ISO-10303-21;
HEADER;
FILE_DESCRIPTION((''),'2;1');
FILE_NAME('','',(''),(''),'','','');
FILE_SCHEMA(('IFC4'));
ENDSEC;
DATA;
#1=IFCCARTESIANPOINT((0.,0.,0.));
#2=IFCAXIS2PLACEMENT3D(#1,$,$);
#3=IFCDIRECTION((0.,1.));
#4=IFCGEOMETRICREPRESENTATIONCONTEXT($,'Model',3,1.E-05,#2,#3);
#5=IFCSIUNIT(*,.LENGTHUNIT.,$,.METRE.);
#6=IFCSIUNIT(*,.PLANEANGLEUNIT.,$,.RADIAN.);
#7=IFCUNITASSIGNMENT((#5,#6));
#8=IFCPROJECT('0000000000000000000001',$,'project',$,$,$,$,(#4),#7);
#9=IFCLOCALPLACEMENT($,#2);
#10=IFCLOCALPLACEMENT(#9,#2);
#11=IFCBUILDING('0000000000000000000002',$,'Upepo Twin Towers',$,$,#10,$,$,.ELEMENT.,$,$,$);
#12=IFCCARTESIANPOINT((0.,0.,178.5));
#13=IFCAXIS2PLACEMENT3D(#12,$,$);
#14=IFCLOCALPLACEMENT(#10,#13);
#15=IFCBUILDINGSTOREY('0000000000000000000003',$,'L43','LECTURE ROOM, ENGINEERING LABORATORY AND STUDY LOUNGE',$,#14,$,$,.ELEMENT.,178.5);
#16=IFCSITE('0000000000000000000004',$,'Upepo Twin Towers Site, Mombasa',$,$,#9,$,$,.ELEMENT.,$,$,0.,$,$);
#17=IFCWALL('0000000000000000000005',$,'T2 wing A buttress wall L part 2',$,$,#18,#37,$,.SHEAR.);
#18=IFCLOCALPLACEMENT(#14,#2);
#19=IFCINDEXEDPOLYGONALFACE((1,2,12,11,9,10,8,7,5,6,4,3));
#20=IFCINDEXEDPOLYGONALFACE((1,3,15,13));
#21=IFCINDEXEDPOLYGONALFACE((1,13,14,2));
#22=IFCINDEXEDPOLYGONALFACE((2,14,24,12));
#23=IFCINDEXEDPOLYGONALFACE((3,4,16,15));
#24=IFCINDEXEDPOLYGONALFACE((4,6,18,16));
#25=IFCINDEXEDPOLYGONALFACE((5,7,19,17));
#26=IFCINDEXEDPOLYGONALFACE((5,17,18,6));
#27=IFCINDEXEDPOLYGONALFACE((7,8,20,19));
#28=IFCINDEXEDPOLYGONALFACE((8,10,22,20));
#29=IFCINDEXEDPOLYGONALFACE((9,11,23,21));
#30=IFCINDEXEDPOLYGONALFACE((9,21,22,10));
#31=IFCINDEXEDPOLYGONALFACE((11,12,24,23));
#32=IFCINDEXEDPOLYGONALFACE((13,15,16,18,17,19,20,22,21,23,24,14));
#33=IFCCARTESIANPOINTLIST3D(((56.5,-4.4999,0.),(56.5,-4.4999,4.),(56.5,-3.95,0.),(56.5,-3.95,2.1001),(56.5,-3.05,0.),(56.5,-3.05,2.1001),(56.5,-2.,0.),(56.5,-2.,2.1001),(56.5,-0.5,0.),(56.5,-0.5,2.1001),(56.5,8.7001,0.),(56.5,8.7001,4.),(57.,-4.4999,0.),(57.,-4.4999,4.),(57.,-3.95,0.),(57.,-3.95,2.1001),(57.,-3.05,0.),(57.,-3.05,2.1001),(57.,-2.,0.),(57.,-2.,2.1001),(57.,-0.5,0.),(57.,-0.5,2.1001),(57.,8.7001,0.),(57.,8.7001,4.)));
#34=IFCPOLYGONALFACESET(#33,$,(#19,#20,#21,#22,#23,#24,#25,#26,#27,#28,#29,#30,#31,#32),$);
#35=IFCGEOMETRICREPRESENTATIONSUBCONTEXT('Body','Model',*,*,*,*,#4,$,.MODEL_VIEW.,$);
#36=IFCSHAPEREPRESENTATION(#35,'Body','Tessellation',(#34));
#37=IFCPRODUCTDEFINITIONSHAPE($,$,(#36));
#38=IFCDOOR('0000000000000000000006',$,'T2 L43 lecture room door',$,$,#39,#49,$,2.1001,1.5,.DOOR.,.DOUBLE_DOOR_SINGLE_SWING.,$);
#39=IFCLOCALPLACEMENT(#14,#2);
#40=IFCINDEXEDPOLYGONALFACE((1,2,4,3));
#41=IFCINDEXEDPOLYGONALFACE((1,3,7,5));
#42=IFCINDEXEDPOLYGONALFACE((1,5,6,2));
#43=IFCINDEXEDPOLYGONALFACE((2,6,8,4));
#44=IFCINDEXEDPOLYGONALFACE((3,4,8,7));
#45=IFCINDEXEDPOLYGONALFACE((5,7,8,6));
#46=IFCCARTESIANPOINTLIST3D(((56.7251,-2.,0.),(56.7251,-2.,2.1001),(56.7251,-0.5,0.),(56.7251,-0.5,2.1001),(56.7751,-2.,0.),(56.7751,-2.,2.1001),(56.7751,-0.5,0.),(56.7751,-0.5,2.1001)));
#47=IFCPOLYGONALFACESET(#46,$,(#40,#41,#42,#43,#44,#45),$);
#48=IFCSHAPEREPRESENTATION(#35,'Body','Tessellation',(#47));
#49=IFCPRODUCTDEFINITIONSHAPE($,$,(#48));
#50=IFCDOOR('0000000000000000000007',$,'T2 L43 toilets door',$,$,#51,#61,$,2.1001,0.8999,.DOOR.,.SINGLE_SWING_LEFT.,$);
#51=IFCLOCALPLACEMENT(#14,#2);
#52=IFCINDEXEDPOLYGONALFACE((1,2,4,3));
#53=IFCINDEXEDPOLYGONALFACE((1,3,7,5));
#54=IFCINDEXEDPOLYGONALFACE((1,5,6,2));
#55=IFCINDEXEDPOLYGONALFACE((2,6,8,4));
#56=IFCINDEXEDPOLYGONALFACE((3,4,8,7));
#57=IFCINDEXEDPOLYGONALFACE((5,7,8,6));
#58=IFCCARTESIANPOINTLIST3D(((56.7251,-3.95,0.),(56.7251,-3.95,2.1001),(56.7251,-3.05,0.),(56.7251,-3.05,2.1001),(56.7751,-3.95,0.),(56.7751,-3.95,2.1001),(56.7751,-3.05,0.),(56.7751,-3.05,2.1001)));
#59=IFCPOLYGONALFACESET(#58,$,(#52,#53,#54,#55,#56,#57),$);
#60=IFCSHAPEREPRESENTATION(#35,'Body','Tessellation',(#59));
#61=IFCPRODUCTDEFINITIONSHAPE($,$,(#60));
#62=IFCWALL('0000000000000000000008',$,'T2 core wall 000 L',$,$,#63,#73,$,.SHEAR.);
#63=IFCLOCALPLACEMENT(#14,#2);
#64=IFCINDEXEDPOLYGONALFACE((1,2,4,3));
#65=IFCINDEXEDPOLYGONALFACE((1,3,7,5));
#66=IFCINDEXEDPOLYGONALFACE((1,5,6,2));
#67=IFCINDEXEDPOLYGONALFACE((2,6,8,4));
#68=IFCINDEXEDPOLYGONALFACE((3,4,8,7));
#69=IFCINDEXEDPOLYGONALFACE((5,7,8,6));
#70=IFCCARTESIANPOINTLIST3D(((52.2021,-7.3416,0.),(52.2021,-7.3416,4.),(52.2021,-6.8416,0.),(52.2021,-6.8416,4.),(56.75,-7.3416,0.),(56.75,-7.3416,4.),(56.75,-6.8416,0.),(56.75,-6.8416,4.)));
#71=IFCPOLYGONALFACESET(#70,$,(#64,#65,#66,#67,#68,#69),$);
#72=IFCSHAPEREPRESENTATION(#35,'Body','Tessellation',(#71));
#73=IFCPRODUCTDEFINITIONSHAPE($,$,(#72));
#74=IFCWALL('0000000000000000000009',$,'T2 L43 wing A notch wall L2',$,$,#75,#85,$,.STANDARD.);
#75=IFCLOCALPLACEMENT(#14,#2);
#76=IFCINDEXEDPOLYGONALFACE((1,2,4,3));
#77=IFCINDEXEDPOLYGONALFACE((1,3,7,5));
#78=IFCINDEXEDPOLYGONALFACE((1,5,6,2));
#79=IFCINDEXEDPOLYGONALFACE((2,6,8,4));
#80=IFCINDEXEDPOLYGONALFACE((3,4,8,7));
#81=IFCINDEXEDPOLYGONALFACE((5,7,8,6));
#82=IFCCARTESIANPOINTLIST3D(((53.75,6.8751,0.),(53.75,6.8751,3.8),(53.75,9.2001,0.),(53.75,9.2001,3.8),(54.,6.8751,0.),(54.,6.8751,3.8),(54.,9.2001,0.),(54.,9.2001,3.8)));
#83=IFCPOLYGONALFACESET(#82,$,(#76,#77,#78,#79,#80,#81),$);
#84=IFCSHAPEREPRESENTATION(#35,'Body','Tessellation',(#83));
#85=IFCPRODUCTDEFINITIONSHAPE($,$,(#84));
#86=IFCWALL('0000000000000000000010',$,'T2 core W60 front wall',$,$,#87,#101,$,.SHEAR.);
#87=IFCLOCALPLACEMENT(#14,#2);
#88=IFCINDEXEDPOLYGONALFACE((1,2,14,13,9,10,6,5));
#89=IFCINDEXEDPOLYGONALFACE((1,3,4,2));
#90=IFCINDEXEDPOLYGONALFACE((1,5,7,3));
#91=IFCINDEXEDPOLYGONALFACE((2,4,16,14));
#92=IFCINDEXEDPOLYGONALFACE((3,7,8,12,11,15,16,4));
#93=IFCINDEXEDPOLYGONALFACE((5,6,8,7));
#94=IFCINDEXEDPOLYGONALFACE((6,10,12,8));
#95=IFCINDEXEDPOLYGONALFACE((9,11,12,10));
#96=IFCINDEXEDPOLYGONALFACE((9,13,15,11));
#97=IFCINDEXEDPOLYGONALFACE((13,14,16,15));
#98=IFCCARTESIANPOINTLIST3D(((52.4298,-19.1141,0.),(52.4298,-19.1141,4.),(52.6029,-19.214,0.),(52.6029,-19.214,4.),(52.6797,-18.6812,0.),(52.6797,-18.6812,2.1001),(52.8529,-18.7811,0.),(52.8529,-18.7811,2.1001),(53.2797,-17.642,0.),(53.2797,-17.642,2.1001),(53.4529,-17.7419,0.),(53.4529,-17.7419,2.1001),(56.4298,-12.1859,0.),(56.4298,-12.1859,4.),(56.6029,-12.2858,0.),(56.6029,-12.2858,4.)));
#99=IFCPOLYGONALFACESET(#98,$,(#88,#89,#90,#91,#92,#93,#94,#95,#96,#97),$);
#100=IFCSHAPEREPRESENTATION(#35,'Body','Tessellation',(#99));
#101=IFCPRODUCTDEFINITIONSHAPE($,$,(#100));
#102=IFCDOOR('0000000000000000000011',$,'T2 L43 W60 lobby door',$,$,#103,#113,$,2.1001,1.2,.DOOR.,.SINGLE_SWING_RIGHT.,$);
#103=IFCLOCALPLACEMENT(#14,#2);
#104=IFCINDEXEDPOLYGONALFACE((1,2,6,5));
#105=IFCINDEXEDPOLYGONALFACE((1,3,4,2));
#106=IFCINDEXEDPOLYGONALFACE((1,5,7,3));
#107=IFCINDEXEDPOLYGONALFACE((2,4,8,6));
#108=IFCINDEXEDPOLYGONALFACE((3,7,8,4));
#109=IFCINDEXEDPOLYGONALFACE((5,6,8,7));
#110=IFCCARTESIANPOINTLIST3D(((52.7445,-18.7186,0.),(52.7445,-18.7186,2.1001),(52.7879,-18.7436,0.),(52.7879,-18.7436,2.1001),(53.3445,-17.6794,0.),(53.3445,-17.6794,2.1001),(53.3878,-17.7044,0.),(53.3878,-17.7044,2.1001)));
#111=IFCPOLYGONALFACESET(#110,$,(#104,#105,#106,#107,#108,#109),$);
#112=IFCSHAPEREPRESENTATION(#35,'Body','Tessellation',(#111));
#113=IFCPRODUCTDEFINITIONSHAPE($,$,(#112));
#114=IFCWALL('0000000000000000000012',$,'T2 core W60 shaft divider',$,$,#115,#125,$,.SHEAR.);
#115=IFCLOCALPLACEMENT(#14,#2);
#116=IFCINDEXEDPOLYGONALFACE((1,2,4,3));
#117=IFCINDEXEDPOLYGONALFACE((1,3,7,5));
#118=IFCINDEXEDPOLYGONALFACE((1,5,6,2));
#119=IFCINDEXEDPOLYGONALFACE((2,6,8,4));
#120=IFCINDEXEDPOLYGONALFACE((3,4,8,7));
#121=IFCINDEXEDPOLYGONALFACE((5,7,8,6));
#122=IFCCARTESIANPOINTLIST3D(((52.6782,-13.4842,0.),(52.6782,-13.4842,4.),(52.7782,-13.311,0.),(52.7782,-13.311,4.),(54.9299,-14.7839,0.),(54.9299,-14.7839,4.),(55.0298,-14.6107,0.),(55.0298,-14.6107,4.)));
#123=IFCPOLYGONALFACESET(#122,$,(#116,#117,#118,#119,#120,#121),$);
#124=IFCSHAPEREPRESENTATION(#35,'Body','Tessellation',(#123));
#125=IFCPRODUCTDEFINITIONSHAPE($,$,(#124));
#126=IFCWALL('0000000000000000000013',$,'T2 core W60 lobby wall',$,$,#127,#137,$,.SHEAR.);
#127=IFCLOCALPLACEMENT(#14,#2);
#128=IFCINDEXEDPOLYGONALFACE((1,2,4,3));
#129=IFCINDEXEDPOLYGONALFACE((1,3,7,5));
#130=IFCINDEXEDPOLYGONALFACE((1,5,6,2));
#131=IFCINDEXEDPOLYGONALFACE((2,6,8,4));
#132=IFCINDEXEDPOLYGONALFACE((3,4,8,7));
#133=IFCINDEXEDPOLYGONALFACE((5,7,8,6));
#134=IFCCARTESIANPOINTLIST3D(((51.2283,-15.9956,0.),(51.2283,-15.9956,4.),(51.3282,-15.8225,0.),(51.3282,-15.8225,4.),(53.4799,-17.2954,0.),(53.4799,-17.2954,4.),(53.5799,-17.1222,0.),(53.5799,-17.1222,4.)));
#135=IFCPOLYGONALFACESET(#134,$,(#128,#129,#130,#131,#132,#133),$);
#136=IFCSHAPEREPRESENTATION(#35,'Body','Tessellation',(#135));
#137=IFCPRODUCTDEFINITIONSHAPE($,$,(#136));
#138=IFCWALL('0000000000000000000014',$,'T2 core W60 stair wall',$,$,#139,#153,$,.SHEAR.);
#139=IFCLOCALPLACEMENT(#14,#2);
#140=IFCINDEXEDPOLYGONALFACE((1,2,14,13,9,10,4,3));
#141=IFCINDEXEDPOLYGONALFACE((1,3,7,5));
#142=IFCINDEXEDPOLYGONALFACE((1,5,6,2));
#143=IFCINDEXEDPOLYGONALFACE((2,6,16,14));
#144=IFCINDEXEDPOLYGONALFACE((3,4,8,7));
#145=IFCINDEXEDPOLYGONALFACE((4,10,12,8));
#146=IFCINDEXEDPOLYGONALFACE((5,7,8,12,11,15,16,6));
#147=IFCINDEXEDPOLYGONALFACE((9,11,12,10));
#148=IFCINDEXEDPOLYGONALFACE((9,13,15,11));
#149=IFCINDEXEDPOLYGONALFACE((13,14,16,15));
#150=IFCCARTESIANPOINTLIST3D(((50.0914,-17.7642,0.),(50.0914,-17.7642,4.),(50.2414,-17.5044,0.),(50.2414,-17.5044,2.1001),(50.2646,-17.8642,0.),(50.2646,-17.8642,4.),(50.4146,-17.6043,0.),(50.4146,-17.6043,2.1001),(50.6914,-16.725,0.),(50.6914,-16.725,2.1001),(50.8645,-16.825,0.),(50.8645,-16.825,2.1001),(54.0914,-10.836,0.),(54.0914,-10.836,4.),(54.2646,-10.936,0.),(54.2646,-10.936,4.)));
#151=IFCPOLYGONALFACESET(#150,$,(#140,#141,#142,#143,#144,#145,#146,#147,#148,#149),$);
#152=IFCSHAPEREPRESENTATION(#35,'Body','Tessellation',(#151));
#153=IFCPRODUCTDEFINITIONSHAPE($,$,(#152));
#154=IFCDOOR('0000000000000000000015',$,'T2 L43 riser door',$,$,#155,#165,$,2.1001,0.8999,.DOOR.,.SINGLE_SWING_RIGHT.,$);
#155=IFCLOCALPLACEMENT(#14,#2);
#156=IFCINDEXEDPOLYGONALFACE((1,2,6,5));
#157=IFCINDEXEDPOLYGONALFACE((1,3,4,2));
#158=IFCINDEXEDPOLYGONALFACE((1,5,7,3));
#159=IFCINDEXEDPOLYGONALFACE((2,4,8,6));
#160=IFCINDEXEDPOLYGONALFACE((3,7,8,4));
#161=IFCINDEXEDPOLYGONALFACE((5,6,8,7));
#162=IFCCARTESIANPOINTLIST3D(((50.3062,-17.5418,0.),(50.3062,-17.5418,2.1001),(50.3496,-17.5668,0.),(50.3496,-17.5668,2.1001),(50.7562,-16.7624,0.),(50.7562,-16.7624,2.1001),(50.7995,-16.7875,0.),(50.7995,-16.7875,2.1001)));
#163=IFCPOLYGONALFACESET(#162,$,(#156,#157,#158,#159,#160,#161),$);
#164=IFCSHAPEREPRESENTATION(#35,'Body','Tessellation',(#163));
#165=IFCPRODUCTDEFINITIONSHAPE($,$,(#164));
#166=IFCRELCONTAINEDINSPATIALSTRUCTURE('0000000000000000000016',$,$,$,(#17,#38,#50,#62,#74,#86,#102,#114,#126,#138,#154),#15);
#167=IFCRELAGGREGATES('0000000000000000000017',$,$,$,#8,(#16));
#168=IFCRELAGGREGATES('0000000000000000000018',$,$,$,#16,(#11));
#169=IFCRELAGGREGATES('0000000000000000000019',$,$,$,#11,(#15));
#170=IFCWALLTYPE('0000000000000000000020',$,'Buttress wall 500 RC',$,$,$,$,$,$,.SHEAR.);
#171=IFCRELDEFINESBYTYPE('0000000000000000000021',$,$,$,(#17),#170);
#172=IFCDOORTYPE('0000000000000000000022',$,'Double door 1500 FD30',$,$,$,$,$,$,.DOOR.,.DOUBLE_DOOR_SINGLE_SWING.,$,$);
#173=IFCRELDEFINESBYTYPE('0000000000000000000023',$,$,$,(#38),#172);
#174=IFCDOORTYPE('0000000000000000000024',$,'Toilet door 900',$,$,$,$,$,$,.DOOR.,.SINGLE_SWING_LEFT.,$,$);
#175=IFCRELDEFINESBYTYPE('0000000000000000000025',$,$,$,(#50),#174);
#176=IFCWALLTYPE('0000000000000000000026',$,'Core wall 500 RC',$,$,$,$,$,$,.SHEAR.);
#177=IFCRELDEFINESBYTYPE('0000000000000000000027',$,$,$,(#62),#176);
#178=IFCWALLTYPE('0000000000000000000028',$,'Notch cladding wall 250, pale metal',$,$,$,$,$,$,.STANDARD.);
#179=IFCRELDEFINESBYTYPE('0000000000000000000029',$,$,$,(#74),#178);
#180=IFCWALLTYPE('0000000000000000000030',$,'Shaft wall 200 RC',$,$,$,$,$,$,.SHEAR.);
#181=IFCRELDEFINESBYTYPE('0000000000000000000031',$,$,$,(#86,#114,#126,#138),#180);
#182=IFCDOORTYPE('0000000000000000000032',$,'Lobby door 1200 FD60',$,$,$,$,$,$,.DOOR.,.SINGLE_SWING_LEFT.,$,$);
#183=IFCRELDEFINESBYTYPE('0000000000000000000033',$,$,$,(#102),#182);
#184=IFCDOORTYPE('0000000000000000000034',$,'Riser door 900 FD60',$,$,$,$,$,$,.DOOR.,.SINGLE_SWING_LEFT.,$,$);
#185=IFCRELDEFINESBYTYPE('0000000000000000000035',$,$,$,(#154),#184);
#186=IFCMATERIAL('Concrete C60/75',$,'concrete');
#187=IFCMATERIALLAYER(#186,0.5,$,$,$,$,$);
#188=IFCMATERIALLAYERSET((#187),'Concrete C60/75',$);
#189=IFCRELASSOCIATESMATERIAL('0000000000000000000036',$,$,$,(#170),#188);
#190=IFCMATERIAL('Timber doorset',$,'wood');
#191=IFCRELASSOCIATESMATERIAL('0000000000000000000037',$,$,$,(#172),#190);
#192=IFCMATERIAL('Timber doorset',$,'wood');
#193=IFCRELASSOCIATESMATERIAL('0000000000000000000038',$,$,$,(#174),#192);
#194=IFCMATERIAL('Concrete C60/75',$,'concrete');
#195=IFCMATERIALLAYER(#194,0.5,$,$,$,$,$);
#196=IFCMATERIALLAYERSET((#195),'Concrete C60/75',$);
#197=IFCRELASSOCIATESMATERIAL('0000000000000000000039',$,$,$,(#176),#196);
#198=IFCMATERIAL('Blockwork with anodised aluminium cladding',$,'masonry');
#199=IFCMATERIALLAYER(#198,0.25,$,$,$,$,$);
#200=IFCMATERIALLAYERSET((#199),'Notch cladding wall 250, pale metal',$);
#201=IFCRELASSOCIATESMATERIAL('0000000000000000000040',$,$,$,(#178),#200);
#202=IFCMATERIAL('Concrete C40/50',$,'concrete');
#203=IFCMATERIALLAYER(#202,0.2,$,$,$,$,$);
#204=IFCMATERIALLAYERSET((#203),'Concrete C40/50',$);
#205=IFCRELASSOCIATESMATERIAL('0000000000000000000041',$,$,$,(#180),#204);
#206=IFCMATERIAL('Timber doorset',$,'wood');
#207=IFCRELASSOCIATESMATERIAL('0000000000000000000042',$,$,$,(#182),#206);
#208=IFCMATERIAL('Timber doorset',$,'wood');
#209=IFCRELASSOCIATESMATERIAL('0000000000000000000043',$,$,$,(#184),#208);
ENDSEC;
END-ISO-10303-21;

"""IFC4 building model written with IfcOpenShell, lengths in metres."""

from ifc_helpers import new_model, si_unit, direction, frame, frame_2d, origin, place, context, subcontext, project, spatial, rectangle, extrude, material, layer, layer_set, type_object, element, fill, save


model = new_model("IFC4")

# Units and contexts
model_context = context("Model", 3, precision=1e-05, world=origin(), true_north=direction((0.0, 1.0)))
body_context = subcontext(model_context, "Body", "Model", "MODEL_VIEW")
ifc_project = project(units=[si_unit("LENGTHUNIT", "METRE"), si_unit("PLANEANGLEUNIT", "RADIAN")], contexts=[model_context])

# Site, building, storey
site_placement = place(None, origin())
site = spatial("IfcSite", under=ifc_project, at=site_placement, Name="Upepo Twin Towers Site, Mombasa", CompositionType="ELEMENT", RefElevation=0.0)
building_placement = place(site_placement, origin())
building = spatial("IfcBuilding", under=site, at=building_placement, Name="Upepo Twin Towers", CompositionType="ELEMENT")
storey_placement = place(building_placement, frame((0.0, 0.0, 178.5)))
storey = spatial("IfcBuildingStorey", under=building, at=storey_placement, Name="L43", Description="LECTURE ROOM, ENGINEERING LABORATORY AND STUDY LOUNGE", CompositionType="ELEMENT", Elevation=178.5)

# Wall, openings, doors
ifc_material_1 = material(Name="Concrete C60/75", Category="concrete")
ifc_layer_1 = layer(ifc_material_1, 0.5)
ifc_layer_set_1 = layer_set([ifc_layer_1], Name="Concrete C60/75")
wall_type_1 = type_object("IfcWallType", Name="Buttress wall 500 RC", PredefinedType="SHEAR", material=ifc_layer_set_1)
wall_1_placement = place(storey_placement, frame((56.75, -4.5, 0.0), z_axis=(0.0, 0.0, 1.0), x_axis=(0.0, 1.0, 0.0)))
wall_1 = element("IfcWall", 1, at=wall_1_placement, inside=storey, type_object=wall_type_1, Name="T2 wing A buttress wall L part 2", PredefinedType="SHEAR", context=body_context, shape_type="SweptSolid", body=[
    extrude(rectangle(XDim=13.2, YDim=0.5, at=frame_2d((6.6001, 0.0))), origin(), (0.0, 0.0, 1.0), 4.0),
])
opening_1_placement = place(wall_1_placement, frame((0.55, 0.0, 0.0)))
opening_1 = element("IfcOpeningElement", 2, at=opening_1_placement, cuts=wall_1, PredefinedType="OPENING", context=body_context, shape_type="SweptSolid", body=[
    extrude(rectangle(XDim=0.8999, YDim=2.1001, at=frame_2d((0.45, 1.05))), frame((0.0, 0.26, 0.0), z_axis=(0.0, -1.0, 0.0), x_axis=(1.0, 0.0, 0.0)), (0.0, 0.0, 1.0), 0.52),
])
opening_2_placement = place(wall_1_placement, frame((2.5, 0.0, 0.0)))
opening_2 = element("IfcOpeningElement", 3, at=opening_2_placement, cuts=wall_1, PredefinedType="OPENING", context=body_context, shape_type="SweptSolid", body=[
    extrude(rectangle(XDim=1.5, YDim=2.1001, at=frame_2d((0.75, 1.05))), frame((0.0, 0.26, 0.0), z_axis=(0.0, -1.0, 0.0), x_axis=(1.0, 0.0, 0.0)), (0.0, 0.0, 1.0), 0.52),
])
ifc_material_2 = material(Name="Timber doorset", Category="wood")
door_type_1 = type_object("IfcDoorType", Name="Double door 1500 FD30", OperationType="DOUBLE_DOOR_SINGLE_SWING", PredefinedType="DOOR", material=ifc_material_2)
door_1_placement = place(opening_2_placement, origin())
door_1 = element("IfcDoor", 4, at=door_1_placement, inside=storey, type_object=door_type_1, Name="T2 L43 lecture room door", OperationType="DOUBLE_DOOR_SINGLE_SWING", OverallHeight=2.1001, OverallWidth=1.5, PredefinedType="DOOR", context=body_context, shape_type="SweptSolid", body=[
    extrude(rectangle(XDim=1.5, YDim=2.1001, at=frame_2d((0.75, 1.05))), frame((0.0, 0.0249, 0.0), z_axis=(0.0, -1.0, 0.0), x_axis=(1.0, 0.0, 0.0)), (0.0, 0.0, 1.0), 0.05),
])
fill(opening_2, door_1)
ifc_material_3 = material(Name="Timber doorset", Category="wood")
door_type_2 = type_object("IfcDoorType", Name="Toilet door 900", OperationType="SINGLE_SWING_LEFT", PredefinedType="DOOR", material=ifc_material_3)
door_2_placement = place(opening_1_placement, origin())
door_2 = element("IfcDoor", 5, at=door_2_placement, inside=storey, type_object=door_type_2, Name="T2 L43 toilets door", OperationType="SINGLE_SWING_LEFT", OverallHeight=2.1001, OverallWidth=0.8999, PredefinedType="DOOR", context=body_context, shape_type="SweptSolid", body=[
    extrude(rectangle(XDim=0.8999, YDim=2.1001, at=frame_2d((0.45, 1.05))), frame((0.0, 0.0249, 0.0), z_axis=(0.0, -1.0, 0.0), x_axis=(1.0, 0.0, 0.0)), (0.0, 0.0, 1.0), 0.05),
])
fill(opening_1, door_2)

# Walls
ifc_material_4 = material(Name="Concrete C60/75", Category="concrete")
ifc_layer_2 = layer(ifc_material_4, 0.5)
ifc_layer_set_2 = layer_set([ifc_layer_2], Name="Concrete C60/75")
wall_type_2 = type_object("IfcWallType", Name="Core wall 500 RC", PredefinedType="SHEAR", material=ifc_layer_set_2)
wall_2_placement = place(storey_placement, frame((56.75, -7.0916, 0.0), z_axis=(0.0, 0.0, 1.0), x_axis=(-1.0, 0.0, 0.0)))
element("IfcWall", 6, at=wall_2_placement, inside=storey, type_object=wall_type_2, Name="T2 core wall 000 L", PredefinedType="SHEAR", context=body_context, shape_type="SweptSolid", body=[
    extrude(rectangle(XDim=4.5479, YDim=0.5, at=frame_2d((2.2739, 0.0))), origin(), (0.0, 0.0, 1.0), 4.0),
])
ifc_material_5 = material(Name="Blockwork with anodised aluminium cladding", Category="masonry")
ifc_layer_3 = layer(ifc_material_5, 0.25)
ifc_layer_set_3 = layer_set([ifc_layer_3], Name="Notch cladding wall 250, pale metal")
wall_type_3 = type_object("IfcWallType", Name="Notch cladding wall 250, pale metal", PredefinedType="STANDARD", material=ifc_layer_set_3)
wall_3_placement = place(storey_placement, frame((53.875, 6.875, 0.0), z_axis=(0.0, 0.0, 1.0), x_axis=(0.0, 1.0, 0.0)))
element("IfcWall", 7, at=wall_3_placement, inside=storey, type_object=wall_type_3, Name="T2 L43 wing A notch wall L2", PredefinedType="STANDARD", context=body_context, shape_type="SweptSolid", body=[
    extrude(rectangle(XDim=2.325, YDim=0.25, at=frame_2d((1.1626, 0.0))), origin(), (0.0, 0.0, 1.0), 3.8),
])

# Wall, opening, door
ifc_material_6 = material(Name="Concrete C40/50", Category="concrete")
ifc_layer_4 = layer(ifc_material_6, 0.2)
ifc_layer_set_4 = layer_set([ifc_layer_4], Name="Concrete C40/50")
wall_type_4 = type_object("IfcWallType", Name="Shaft wall 200 RC", PredefinedType="SHEAR", material=ifc_layer_set_4)
wall_4_placement = place(storey_placement, frame((56.5164, -12.2358, 0.0), z_axis=(0.0, 0.0, 1.0), x_axis=(-0.499999, -0.866026, 0.0)))
wall_4 = element("IfcWall", 8, at=wall_4_placement, inside=storey, type_object=wall_type_4, Name="T2 core W60 front wall", PredefinedType="SHEAR", context=body_context, shape_type="SweptSolid", body=[
    extrude(rectangle(XDim=8.0, YDim=0.2, at=frame_2d((4.0, 0.0))), origin(), (0.0, 0.0, 1.0), 4.0),
])
opening_3_placement = place(wall_4_placement, frame((6.3, 0.0, 0.0)))
opening_3 = element("IfcOpeningElement", 9, at=opening_3_placement, cuts=wall_4, PredefinedType="OPENING", context=body_context, shape_type="SweptSolid", body=[
    extrude(rectangle(XDim=1.2, YDim=2.1001, at=frame_2d((0.6001, 1.05))), frame((0.0, 0.1099, 0.0), z_axis=(0.0, -1.0, 0.0), x_axis=(1.0, 0.0, 0.0)), (0.0, 0.0, 1.0), 0.22),
])
ifc_material_7 = material(Name="Timber doorset", Category="wood")
door_type_3 = type_object("IfcDoorType", Name="Lobby door 1200 FD60", OperationType="SINGLE_SWING_LEFT", PredefinedType="DOOR", material=ifc_material_7)
door_3_placement = place(opening_3_placement, origin())
door_3 = element("IfcDoor", 10, at=door_3_placement, inside=storey, type_object=door_type_3, Name="T2 L43 W60 lobby door", OperationType="SINGLE_SWING_RIGHT", OverallHeight=2.1001, OverallWidth=1.2, PredefinedType="DOOR", context=body_context, shape_type="SweptSolid", body=[
    extrude(rectangle(XDim=1.2, YDim=2.1001, at=frame_2d((0.6001, 1.05))), frame((0.0, 0.0249, 0.0), z_axis=(0.0, -1.0, 0.0), x_axis=(1.0, 0.0, 0.0)), (0.0, 0.0, 1.0), 0.05),
])
fill(opening_3, door_3)

# Walls
for number, where, z_axis, x_axis, name in (
    (11, (54.9797, -14.6973, 0.0), (0.0, 0.0, 1.0), (-0.866062, 0.499937, 0.0), "T2 core W60 shaft divider"),
    (12, (53.5298, -17.2087, 0.0), (0.0, 0.0, 1.0), (-0.866062, 0.499937, 0.0), "T2 core W60 lobby wall"),
):
    element("IfcWall", number, at=place(storey_placement, frame(where, z_axis=z_axis, x_axis=x_axis)), inside=storey, type_object=wall_type_4, Name=name, PredefinedType="SHEAR", context=body_context, shape_type="SweptSolid", body=[
        extrude(rectangle(XDim=2.5999, YDim=0.2, at=frame_2d((1.2998, 0.0))), origin(), (0.0, 0.0, 1.0), 4.0),
    ])

# Wall, opening, door
wall_5_placement = place(storey_placement, frame((54.178, -10.886, 0.0), z_axis=(0.0, 0.0, 1.0), x_axis=(-0.499999, -0.866026, 0.0)))
wall_5 = element("IfcWall", 13, at=wall_5_placement, inside=storey, type_object=wall_type_4, Name="T2 core W60 stair wall", PredefinedType="SHEAR", context=body_context, shape_type="SweptSolid", body=[
    extrude(rectangle(XDim=8.0, YDim=0.2, at=frame_2d((4.0, 0.0))), origin(), (0.0, 0.0, 1.0), 4.0),
])
opening_4_placement = place(wall_5_placement, frame((6.8, 0.0, 0.0)))
opening_4 = element("IfcOpeningElement", 14, at=opening_4_placement, cuts=wall_5, PredefinedType="OPENING", context=body_context, shape_type="SweptSolid", body=[
    extrude(rectangle(XDim=0.8999, YDim=2.1001, at=frame_2d((0.45, 1.05))), frame((0.0, 0.1099, 0.0), z_axis=(0.0, -1.0, 0.0), x_axis=(1.0, 0.0, 0.0)), (0.0, 0.0, 1.0), 0.22),
])
ifc_material_8 = material(Name="Timber doorset", Category="wood")
door_type_4 = type_object("IfcDoorType", Name="Riser door 900 FD60", OperationType="SINGLE_SWING_LEFT", PredefinedType="DOOR", material=ifc_material_8)
door_4_placement = place(opening_4_placement, origin())
door_4 = element("IfcDoor", 15, at=door_4_placement, inside=storey, type_object=door_type_4, Name="T2 L43 riser door", OperationType="SINGLE_SWING_RIGHT", OverallHeight=2.1001, OverallWidth=0.8999, PredefinedType="DOOR", context=body_context, shape_type="SweptSolid", body=[
    extrude(rectangle(XDim=0.8999, YDim=2.1001, at=frame_2d((0.45, 1.05))), frame((0.0, 0.0249, 0.0), z_axis=(0.0, -1.0, 0.0), x_axis=(1.0, 0.0, 0.0)), (0.0, 0.0, 1.0), 0.05),
])
fill(opening_4, door_4)

save(model, "model.ifc")
